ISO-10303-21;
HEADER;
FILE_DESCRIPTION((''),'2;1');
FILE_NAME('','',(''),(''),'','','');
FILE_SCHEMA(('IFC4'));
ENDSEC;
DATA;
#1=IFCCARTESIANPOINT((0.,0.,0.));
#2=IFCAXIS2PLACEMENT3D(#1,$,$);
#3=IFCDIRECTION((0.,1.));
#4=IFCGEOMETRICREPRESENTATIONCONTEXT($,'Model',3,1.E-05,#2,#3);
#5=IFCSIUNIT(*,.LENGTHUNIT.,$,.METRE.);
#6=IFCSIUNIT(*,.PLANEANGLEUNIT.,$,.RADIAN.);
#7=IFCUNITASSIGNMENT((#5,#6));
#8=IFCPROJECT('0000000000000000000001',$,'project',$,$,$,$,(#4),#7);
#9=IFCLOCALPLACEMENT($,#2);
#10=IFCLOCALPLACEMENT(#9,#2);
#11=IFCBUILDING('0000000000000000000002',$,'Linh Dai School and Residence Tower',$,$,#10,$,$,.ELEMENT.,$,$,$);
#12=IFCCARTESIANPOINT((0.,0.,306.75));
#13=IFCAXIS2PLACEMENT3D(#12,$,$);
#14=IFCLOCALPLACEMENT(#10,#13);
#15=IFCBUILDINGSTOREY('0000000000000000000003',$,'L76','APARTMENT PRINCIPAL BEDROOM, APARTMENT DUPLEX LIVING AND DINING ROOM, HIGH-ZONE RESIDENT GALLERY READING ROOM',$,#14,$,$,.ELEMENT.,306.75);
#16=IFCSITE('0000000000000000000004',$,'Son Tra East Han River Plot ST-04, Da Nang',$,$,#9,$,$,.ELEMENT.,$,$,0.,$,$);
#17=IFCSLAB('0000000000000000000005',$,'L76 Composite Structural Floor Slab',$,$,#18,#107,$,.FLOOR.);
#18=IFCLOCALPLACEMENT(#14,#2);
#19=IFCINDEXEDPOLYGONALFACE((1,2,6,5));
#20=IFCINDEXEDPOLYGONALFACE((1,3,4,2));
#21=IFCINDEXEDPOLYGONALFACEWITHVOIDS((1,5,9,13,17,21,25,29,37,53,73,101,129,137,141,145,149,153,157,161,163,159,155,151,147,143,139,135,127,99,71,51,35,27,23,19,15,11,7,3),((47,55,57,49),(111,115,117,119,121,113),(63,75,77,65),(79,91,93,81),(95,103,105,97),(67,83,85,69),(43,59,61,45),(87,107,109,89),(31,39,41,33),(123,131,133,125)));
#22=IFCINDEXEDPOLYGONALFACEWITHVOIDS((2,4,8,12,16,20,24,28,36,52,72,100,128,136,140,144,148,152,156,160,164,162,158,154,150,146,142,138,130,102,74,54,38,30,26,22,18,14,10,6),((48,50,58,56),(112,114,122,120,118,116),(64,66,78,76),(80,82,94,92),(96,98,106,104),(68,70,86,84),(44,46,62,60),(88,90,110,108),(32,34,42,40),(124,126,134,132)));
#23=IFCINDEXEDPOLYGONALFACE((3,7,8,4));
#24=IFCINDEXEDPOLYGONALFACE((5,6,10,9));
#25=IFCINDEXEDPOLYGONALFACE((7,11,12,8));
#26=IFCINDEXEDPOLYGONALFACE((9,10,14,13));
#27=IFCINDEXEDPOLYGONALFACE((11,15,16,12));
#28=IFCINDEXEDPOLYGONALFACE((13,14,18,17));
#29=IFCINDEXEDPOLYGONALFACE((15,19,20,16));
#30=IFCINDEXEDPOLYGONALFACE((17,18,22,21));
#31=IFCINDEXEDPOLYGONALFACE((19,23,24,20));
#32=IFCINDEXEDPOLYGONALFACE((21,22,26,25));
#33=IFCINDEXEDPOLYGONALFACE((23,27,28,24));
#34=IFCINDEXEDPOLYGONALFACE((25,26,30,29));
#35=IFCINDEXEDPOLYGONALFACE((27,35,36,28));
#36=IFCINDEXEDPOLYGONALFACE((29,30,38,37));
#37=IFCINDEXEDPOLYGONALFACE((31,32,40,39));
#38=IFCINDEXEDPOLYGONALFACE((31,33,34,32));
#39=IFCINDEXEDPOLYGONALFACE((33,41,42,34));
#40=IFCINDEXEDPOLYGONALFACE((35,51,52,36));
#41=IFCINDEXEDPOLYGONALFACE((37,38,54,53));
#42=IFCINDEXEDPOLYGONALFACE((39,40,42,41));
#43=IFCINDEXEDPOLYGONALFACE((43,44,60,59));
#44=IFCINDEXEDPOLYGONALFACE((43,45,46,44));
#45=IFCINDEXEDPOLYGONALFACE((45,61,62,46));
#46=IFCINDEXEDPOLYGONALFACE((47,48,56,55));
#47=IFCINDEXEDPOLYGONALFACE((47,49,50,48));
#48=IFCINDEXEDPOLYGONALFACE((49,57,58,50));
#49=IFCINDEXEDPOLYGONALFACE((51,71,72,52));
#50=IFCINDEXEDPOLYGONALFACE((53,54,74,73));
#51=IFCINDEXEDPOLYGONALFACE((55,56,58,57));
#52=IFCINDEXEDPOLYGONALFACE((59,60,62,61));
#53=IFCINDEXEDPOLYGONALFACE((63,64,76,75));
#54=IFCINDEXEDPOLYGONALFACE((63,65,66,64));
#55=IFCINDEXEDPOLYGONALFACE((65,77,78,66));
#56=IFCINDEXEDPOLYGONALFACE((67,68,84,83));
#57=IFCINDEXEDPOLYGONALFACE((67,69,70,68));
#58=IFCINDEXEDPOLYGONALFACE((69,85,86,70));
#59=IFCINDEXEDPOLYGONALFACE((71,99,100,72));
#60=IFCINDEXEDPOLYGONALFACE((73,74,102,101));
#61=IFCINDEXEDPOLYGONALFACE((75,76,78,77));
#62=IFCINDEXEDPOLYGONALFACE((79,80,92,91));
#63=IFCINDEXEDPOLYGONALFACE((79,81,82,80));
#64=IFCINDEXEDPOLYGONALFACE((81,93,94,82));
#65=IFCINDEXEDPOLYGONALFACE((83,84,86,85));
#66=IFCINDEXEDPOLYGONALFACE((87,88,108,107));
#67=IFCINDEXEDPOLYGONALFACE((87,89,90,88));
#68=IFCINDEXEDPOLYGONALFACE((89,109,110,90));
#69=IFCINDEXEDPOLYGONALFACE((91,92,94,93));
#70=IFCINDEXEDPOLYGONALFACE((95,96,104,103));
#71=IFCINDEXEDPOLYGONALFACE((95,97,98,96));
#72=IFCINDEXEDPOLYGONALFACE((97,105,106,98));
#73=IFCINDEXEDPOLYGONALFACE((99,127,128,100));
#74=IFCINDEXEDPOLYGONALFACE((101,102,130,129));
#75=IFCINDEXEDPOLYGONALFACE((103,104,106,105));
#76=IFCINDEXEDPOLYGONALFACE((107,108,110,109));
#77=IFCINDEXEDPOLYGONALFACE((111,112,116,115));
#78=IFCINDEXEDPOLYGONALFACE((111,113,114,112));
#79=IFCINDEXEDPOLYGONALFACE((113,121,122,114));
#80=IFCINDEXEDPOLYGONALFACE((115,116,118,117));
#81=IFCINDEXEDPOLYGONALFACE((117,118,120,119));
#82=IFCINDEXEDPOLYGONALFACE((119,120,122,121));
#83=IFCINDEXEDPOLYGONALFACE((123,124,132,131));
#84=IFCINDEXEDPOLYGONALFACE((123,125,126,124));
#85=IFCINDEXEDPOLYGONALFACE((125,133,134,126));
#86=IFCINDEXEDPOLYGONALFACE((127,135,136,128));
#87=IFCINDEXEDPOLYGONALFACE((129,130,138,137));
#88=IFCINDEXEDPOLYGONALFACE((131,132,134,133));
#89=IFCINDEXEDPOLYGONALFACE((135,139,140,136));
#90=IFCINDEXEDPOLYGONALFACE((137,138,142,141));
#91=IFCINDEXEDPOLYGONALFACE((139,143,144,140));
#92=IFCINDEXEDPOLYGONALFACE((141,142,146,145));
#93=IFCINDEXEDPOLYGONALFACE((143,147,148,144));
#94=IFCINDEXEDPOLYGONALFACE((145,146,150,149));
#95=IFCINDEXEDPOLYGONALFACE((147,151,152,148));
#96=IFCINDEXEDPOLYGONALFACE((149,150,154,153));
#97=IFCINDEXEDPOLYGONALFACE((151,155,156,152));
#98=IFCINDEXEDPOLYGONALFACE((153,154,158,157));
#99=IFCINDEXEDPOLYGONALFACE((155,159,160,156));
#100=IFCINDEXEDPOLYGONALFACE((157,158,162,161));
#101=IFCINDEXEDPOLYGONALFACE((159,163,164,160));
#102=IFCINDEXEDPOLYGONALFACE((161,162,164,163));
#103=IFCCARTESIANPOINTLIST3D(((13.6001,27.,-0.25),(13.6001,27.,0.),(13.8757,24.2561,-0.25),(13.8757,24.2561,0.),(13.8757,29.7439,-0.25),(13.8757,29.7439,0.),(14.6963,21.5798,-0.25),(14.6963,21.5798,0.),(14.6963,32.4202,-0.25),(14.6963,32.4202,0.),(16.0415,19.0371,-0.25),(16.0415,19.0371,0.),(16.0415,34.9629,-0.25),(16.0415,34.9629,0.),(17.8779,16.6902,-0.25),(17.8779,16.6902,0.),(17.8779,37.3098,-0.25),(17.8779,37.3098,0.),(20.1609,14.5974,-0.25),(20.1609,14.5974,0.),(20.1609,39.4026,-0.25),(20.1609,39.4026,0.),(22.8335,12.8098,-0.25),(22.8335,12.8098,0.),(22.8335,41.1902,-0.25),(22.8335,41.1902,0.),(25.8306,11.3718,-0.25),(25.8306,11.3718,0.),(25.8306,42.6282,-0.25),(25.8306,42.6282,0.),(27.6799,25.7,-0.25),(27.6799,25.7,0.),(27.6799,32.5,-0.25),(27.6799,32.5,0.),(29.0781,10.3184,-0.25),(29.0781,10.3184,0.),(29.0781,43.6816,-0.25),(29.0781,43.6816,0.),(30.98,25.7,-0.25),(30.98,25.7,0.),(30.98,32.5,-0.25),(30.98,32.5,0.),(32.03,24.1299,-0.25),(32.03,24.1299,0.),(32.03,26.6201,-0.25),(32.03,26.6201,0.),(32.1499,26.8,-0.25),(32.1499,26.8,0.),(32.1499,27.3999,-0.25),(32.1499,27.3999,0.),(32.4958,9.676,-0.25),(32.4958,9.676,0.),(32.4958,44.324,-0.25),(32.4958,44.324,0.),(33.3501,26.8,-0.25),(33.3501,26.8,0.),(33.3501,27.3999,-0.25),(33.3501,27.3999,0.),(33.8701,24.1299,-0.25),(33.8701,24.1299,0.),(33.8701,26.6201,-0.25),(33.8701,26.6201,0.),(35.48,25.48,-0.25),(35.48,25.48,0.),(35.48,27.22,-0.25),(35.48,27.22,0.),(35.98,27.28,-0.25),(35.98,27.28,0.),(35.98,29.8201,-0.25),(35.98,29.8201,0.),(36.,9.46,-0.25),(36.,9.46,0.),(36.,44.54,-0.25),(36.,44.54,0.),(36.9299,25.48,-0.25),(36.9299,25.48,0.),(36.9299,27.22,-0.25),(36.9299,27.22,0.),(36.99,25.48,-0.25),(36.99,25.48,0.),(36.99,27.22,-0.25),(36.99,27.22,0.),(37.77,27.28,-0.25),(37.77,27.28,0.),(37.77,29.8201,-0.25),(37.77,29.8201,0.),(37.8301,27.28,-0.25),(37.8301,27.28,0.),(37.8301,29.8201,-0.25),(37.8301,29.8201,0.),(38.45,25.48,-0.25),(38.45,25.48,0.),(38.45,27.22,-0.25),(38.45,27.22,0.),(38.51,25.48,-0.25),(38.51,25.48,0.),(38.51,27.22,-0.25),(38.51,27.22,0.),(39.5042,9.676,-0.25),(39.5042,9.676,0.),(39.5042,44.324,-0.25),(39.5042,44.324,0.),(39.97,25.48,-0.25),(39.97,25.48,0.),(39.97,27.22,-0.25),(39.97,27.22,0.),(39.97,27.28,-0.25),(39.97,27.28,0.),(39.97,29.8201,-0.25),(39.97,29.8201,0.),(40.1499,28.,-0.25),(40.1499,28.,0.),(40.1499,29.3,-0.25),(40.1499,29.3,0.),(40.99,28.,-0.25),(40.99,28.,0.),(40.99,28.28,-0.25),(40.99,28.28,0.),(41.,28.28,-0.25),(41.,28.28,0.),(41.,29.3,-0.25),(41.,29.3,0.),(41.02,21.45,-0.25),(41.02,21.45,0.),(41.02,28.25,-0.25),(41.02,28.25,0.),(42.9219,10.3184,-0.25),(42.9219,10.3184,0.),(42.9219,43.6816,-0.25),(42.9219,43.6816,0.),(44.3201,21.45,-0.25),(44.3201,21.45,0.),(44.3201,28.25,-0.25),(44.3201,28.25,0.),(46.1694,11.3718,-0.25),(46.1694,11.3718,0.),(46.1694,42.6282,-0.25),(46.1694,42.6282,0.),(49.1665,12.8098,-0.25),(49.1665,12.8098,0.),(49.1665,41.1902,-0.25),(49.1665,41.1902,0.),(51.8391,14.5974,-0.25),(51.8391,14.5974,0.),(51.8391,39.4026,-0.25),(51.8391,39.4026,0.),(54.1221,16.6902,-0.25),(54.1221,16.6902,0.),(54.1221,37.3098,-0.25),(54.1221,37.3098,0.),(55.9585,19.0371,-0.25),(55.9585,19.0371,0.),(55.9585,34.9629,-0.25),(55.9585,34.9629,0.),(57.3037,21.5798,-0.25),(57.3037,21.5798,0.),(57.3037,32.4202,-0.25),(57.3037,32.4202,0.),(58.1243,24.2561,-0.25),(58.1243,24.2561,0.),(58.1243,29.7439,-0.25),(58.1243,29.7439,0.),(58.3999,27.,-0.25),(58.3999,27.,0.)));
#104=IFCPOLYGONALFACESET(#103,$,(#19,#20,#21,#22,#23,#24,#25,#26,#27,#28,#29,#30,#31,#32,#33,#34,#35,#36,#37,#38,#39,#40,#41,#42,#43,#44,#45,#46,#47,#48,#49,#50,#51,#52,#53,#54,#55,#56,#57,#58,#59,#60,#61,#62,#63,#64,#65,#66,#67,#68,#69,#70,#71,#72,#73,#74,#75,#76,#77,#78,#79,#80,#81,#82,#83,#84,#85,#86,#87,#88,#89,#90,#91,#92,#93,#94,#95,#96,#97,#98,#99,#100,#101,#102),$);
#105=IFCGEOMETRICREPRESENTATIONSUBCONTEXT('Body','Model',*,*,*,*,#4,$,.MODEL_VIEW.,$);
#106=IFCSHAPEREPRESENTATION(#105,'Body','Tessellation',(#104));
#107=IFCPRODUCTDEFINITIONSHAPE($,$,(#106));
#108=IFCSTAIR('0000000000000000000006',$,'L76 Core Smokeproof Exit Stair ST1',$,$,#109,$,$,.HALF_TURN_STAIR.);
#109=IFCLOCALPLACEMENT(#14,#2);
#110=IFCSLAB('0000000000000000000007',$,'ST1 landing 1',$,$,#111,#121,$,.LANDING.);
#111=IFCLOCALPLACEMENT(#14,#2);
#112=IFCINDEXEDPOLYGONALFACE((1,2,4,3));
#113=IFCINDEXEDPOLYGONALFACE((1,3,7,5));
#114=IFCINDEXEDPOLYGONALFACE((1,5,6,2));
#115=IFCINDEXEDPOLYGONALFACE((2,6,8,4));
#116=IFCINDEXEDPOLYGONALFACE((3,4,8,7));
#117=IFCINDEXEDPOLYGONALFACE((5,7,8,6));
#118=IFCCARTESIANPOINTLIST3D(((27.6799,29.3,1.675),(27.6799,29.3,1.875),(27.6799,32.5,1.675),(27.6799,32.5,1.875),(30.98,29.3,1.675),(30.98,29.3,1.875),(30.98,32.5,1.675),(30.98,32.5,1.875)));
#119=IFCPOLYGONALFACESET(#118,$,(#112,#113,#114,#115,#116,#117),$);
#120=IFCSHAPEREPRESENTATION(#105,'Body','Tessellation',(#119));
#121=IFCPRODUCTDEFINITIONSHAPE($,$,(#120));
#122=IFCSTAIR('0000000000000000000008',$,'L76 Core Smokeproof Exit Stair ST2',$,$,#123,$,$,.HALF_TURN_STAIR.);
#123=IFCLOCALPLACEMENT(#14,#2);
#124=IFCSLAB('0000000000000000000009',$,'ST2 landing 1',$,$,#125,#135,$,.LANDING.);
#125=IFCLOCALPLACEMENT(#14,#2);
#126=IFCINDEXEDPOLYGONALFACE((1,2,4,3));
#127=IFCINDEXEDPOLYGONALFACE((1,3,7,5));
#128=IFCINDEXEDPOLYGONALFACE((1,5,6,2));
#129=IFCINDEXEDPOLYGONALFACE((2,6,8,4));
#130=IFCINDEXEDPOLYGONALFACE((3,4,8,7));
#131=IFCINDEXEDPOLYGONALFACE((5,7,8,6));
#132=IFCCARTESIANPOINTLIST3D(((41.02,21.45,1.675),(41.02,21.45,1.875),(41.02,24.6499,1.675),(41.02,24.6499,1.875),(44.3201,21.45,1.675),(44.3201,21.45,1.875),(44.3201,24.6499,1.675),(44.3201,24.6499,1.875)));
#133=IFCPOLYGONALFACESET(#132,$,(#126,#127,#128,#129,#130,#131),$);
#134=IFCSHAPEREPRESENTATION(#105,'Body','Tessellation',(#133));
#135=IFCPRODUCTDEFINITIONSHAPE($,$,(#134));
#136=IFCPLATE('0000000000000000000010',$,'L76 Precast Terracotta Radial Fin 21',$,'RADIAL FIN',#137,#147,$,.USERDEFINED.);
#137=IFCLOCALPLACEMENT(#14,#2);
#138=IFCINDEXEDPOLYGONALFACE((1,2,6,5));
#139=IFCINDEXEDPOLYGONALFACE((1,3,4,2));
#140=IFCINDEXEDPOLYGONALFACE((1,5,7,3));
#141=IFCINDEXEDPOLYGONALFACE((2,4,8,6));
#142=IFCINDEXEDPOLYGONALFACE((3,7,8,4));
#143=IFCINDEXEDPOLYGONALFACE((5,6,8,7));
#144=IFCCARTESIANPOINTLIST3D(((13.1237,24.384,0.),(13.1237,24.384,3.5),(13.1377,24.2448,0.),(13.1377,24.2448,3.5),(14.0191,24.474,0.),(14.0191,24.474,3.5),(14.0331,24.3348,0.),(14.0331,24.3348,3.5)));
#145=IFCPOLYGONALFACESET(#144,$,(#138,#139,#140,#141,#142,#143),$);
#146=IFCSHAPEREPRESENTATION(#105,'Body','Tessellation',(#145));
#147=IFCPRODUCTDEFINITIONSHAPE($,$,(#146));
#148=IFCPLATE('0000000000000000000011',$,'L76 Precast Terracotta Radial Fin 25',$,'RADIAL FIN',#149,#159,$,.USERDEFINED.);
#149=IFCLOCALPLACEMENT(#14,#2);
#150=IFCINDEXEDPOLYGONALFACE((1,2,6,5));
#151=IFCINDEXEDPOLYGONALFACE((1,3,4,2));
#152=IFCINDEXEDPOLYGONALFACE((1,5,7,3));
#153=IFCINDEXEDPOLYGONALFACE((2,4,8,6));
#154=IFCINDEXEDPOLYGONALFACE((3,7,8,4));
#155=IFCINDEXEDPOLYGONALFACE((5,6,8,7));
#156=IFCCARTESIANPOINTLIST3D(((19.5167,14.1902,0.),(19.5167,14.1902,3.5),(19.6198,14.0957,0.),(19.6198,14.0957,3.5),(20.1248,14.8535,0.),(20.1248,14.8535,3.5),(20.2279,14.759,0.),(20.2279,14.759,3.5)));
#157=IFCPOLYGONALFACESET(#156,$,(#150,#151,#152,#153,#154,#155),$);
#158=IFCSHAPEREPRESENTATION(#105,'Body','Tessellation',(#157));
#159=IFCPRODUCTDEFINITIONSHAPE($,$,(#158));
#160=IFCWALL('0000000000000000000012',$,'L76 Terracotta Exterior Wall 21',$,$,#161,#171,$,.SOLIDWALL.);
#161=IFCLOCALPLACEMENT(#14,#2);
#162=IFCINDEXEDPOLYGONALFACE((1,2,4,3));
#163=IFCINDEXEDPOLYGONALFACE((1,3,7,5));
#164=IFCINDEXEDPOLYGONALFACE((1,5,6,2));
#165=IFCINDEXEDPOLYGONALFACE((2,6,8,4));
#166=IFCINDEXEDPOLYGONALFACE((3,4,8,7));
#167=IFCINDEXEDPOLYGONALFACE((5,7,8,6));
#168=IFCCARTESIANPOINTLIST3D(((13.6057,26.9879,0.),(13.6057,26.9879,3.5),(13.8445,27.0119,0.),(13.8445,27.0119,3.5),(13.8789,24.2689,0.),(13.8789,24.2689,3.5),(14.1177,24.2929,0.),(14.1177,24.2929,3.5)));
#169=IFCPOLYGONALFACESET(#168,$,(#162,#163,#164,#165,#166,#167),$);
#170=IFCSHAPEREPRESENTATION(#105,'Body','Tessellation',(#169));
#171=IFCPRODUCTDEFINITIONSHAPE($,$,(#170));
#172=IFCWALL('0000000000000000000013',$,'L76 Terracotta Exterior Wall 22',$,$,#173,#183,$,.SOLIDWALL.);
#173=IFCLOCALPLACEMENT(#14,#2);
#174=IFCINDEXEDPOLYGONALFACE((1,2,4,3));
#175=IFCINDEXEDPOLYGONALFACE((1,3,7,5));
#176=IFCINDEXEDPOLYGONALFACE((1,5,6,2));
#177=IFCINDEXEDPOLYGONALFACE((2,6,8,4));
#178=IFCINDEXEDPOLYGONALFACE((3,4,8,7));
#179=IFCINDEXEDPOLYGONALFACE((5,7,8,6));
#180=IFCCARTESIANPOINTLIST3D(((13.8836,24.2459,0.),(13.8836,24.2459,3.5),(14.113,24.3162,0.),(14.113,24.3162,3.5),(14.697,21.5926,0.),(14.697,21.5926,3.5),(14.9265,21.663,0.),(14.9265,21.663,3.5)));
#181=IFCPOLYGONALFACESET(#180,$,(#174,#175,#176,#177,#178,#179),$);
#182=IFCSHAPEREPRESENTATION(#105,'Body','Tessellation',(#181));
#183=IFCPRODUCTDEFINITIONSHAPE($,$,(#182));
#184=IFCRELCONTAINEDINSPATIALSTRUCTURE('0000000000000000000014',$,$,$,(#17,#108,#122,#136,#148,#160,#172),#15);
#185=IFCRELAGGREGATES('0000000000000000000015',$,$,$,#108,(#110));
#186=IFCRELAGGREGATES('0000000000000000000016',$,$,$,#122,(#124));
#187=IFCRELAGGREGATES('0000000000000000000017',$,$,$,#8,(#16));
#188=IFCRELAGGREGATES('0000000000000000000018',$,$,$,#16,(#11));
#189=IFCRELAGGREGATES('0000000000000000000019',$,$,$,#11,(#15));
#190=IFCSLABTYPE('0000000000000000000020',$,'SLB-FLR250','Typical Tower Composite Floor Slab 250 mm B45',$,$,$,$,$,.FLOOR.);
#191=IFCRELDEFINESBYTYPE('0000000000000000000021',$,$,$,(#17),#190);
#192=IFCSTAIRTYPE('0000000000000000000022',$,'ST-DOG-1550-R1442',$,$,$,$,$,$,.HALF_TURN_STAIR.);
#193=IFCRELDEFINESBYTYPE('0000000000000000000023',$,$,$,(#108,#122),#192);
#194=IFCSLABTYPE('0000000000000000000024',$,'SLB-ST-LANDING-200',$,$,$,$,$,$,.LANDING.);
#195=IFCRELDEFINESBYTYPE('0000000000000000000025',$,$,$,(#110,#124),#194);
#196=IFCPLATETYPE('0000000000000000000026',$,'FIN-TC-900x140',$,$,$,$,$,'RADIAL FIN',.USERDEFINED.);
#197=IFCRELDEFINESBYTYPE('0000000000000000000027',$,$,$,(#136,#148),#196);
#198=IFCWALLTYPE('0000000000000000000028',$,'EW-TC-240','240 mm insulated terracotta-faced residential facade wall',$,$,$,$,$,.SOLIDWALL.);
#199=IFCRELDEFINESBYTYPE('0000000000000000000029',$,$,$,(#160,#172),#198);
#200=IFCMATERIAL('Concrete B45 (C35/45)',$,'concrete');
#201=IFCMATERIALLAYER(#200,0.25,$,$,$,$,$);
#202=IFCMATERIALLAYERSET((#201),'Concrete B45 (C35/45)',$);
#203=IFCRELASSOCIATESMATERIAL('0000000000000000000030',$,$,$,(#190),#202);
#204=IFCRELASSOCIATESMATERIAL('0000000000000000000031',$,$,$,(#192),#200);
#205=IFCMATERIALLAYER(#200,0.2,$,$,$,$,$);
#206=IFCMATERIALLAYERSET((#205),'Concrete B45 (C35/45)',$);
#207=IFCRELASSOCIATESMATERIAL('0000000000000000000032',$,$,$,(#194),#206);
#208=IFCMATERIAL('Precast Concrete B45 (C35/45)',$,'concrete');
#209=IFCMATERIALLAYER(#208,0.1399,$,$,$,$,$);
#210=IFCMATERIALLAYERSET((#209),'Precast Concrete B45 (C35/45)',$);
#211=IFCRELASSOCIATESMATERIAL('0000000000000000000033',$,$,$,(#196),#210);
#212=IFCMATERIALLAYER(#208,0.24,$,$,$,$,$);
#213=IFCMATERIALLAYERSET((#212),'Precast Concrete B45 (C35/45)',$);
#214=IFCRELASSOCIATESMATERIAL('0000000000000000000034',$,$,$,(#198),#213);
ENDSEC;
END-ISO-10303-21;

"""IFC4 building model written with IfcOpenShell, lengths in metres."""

from ifc_helpers import new_model, si_unit, direction, frame, frame_2d, origin, origin_2d, place, context, subcontext, project, spatial, polyline, rectangle, outline, extrude, source, transform, mapped, material, layer, layer_set, type_object, element, aggregate, save


model = new_model("IFC4")

# Units and contexts
model_context = context("Model", 3, precision=1e-05, world=origin(), true_north=direction((0.0, 1.0)))
body_context = subcontext(model_context, "Body", "Model", "MODEL_VIEW")
ifc_project = project(units=[si_unit("LENGTHUNIT", "METRE"), si_unit("PLANEANGLEUNIT", "RADIAN")], contexts=[model_context])

# Site, building, storey
site_placement = place(None, origin())
site = spatial("IfcSite", under=ifc_project, at=site_placement, Name="Son Tra East Han River Plot ST-04, Da Nang", CompositionType="ELEMENT", RefElevation=0.0)
building_placement = place(site_placement, origin())
building = spatial("IfcBuilding", under=site, at=building_placement, Name="Linh Dai School and Residence Tower", CompositionType="ELEMENT")
storey_placement = place(building_placement, frame((0.0, 0.0, 306.75)))
storey = spatial("IfcBuildingStorey", under=building, at=storey_placement, Name="L76", Description="APARTMENT PRINCIPAL BEDROOM, APARTMENT DUPLEX LIVING AND DINING ROOM, HIGH-ZONE RESIDENT GALLERY READING ROOM", CompositionType="ELEMENT", Elevation=306.75)

# Slab
ifc_material_1 = material(Name="Concrete B45 (C35/45)", Category="concrete")
ifc_layer_1 = layer(ifc_material_1, 0.25)
ifc_layer_set_1 = layer_set([ifc_layer_1], Name="Concrete B45 (C35/45)")
slab_type_1 = type_object("IfcSlabType", Name="SLB-FLR250", Description="Typical Tower Composite Floor Slab 250 mm B45", PredefinedType="FLOOR", material=ifc_layer_set_1)
slab_1_placement = place(storey_placement, frame((0.0, 0.0, -0.25)))
element("IfcSlab", 1, at=slab_1_placement, inside=storey, type_object=slab_type_1, Name="L76 Composite Structural Floor Slab", PredefinedType="FLOOR", context=body_context, shape_type="SweptSolid", body=[
    extrude(outline(polyline([(58.3999, 27.0), (58.1243, 29.7439), (57.3037, 32.4202), (55.9585, 34.9629), (54.1221, 37.3098), (51.8391, 39.4026), (49.1665, 41.1902), (46.1694, 42.6282), (42.9219, 43.6816), (39.5042, 44.324), (36.0, 44.54), (32.4958, 44.324), (29.0781, 43.6816), (25.8306, 42.6282), (22.8335, 41.1902), (20.1609, 39.4026), (17.8779, 37.3098), (16.0415, 34.9629), (14.6963, 32.4202), (13.8757, 29.7439), (13.6001, 27.0), (13.8757, 24.2561), (14.6963, 21.5798), (16.0415, 19.0371), (17.8779, 16.6902), (20.1609, 14.5974), (22.8335, 12.8098), (25.8306, 11.3718), (29.0781, 10.3184), (32.4958, 9.676), (36.0, 9.46), (39.5042, 9.676), (42.9219, 10.3184), (46.1694, 11.3718), (49.1665, 12.8098), (51.8391, 14.5974), (54.1221, 16.6902), (55.9585, 19.0371), (57.3037, 21.5798), (58.1243, 24.2561), (58.3999, 27.0)]), holes=[polyline([(30.98, 25.7), (30.98, 32.5), (27.6799, 32.5), (27.6799, 25.7), (30.98, 25.7)]), polyline([(41.02, 28.25), (41.02, 21.45), (44.3201, 21.45), (44.3201, 28.25), (41.02, 28.25)]), polyline([(35.98, 27.28), (37.77, 27.28), (37.77, 29.8201), (35.98, 29.8201), (35.98, 27.28)]), polyline([(32.03, 24.1299), (33.8701, 24.1299), (33.8701, 26.6201), (32.03, 26.6201), (32.03, 24.1299)]), polyline([(37.8301, 27.28), (39.97, 27.28), (39.97, 29.8201), (37.8301, 29.8201), (37.8301, 27.28)]), polyline([(35.48, 25.48), (36.9299, 25.48), (36.9299, 27.22), (35.48, 27.22), (35.48, 25.48)]), polyline([(36.99, 25.48), (38.45, 25.48), (38.45, 27.22), (36.99, 27.22), (36.99, 25.48)]), polyline([(38.51, 25.48), (39.97, 25.48), (39.97, 27.22), (38.51, 27.22), (38.51, 25.48)]), polyline([(40.1499, 28.0), (40.1499, 29.3), (41.0, 29.3), (41.0, 28.28), (40.99, 28.28), (40.99, 28.0), (40.1499, 28.0)]), polyline([(32.1499, 26.8), (33.3501, 26.8), (33.3501, 27.3999), (32.1499, 27.3999), (32.1499, 26.8)])]), origin(), (0.0, 0.0, 1.0), 0.25),
])

# Stairs, slabs
stair_type = type_object("IfcStairType", Name="ST-DOG-1550-R1442", PredefinedType="HALF_TURN_STAIR", material=ifc_material_1)
stair_1_placement = place(storey_placement, origin())
stair_1 = element("IfcStair", 2, at=stair_1_placement, inside=storey, type_object=stair_type, Name="L76 Core Smokeproof Exit Stair ST1", PredefinedType="HALF_TURN_STAIR")
ifc_layer_2 = layer(ifc_material_1, 0.2)
ifc_layer_set_2 = layer_set([ifc_layer_2], Name="Concrete B45 (C35/45)")
slab_type_2 = type_object("IfcSlabType", Name="SLB-ST-LANDING-200", PredefinedType="LANDING", material=ifc_layer_set_2)
slab_2_placement = place(storey_placement, frame((0.0, 0.0, 1.675)))
slab_2 = element("IfcSlab", 3, at=slab_2_placement, type_object=slab_type_2, Name="ST1 landing 1", PredefinedType="LANDING", context=body_context, shape_type="SweptSolid", body=[
    extrude(outline(polyline([(30.98, 29.3), (30.98, 32.5), (27.6799, 32.5), (27.6799, 29.3), (30.98, 29.3)])), origin(), (0.0, 0.0, 1.0), 0.2),
])
aggregate(stair_1, [slab_2])
stair_2_placement = place(storey_placement, origin())
stair_2 = element("IfcStair", 4, at=stair_2_placement, inside=storey, type_object=stair_type, Name="L76 Core Smokeproof Exit Stair ST2", PredefinedType="HALF_TURN_STAIR")
slab_3_placement = place(storey_placement, frame((0.0, 0.0, 1.675)))
slab_3 = element("IfcSlab", 5, at=slab_3_placement, type_object=slab_type_2, Name="ST2 landing 1", PredefinedType="LANDING", context=body_context, shape_type="SweptSolid", body=[
    extrude(outline(polyline([(41.02, 24.6499), (41.02, 21.45), (44.3201, 21.45), (44.3201, 24.6499), (41.02, 24.6499)])), origin(), (0.0, 0.0, 1.0), 0.2),
])
aggregate(stair_2, [slab_3])

# Plates
ifc_material_2 = material(Name="Precast Concrete B45 (C35/45)", Category="concrete")
ifc_layer_3 = layer(ifc_material_2, 0.1399)
ifc_layer_set_3 = layer_set([ifc_layer_3], Name="Precast Concrete B45 (C35/45)")
plate_type = type_object("IfcPlateType", Name="FIN-TC-900x140", ElementType="RADIAL FIN", PredefinedType="USERDEFINED", material=ifc_layer_set_3)
shared_shape_1 = source(origin(), body_context, "Body", "SweptSolid", [
    extrude(rectangle(XDim=0.8999, YDim=0.1399, at=origin_2d()), origin(), (0.0, 0.0, 1.0), 3.5),
])
for number, where, z_axis, x_axis, name in (
    (6, (13.5784, 24.3594, 0.0), (0.0, 0.0, 1.0), (-0.994987, -0.100008, 0.0), "L76 Precast Terracotta Radial Fin 21"),
    (7, (19.8723, 14.4746, 0.0), (0.0, 0.0, 1.0), (-0.675779, -0.737104, 0.0), "L76 Precast Terracotta Radial Fin 25"),
):
    element("IfcPlate", number, at=place(storey_placement, frame(where, z_axis=z_axis, x_axis=x_axis)), inside=storey, type_object=plate_type, Name=name, ObjectType="RADIAL FIN", PredefinedType="USERDEFINED", context=body_context, shape_type="MappedRepresentation", body=[
        mapped(shared_shape_1, transform((0.0, 0.0, 0.0), x_axis=(1.0, 0.0, 0.0), y_axis=(0.0, 1.0, 0.0), z_axis=(0.0, 0.0, 1.0), scale=1.0)),
    ])

# Walls
ifc_layer_4 = layer(ifc_material_2, 0.24)
ifc_layer_set_4 = layer_set([ifc_layer_4], Name="Precast Concrete B45 (C35/45)")
wall_type_1 = type_object("IfcWallType", Name="EW-TC-240", Description="240 mm insulated terracotta-faced residential facade wall", PredefinedType="SOLIDWALL", material=ifc_layer_set_4)
wall_1_placement = place(storey_placement, frame((13.9983, 24.281, 0.0), z_axis=(0.0, 0.0, 1.0), x_axis=(-0.099973, 0.99499, 0.0)))
element("IfcWall", 8, at=wall_1_placement, inside=storey, type_object=wall_type_1, Name="L76 Terracotta Exterior Wall 21", PredefinedType="SOLIDWALL", context=body_context, shape_type="SweptSolid", body=[
    extrude(rectangle(XDim=2.7327, YDim=0.24, at=frame_2d((1.3662, 0.0))), origin(), (0.0, 0.0, 1.0), 3.5),
])
wall_2_placement = place(storey_placement, frame((14.8118, 21.6277, 0.0), z_axis=(0.0, 0.0, 1.0), x_axis=(-0.293121, 0.956075, 0.0)))
element("IfcWall", 9, at=wall_2_placement, inside=storey, type_object=wall_type_1, Name="L76 Terracotta Exterior Wall 22", PredefinedType="SOLIDWALL", context=body_context, shape_type="SweptSolid", body=[
    extrude(rectangle(XDim=2.7751, YDim=0.24, at=frame_2d((1.3877, 0.0))), origin(), (0.0, 0.0, 1.0), 3.5),
])

save(model, "model.ifc")
